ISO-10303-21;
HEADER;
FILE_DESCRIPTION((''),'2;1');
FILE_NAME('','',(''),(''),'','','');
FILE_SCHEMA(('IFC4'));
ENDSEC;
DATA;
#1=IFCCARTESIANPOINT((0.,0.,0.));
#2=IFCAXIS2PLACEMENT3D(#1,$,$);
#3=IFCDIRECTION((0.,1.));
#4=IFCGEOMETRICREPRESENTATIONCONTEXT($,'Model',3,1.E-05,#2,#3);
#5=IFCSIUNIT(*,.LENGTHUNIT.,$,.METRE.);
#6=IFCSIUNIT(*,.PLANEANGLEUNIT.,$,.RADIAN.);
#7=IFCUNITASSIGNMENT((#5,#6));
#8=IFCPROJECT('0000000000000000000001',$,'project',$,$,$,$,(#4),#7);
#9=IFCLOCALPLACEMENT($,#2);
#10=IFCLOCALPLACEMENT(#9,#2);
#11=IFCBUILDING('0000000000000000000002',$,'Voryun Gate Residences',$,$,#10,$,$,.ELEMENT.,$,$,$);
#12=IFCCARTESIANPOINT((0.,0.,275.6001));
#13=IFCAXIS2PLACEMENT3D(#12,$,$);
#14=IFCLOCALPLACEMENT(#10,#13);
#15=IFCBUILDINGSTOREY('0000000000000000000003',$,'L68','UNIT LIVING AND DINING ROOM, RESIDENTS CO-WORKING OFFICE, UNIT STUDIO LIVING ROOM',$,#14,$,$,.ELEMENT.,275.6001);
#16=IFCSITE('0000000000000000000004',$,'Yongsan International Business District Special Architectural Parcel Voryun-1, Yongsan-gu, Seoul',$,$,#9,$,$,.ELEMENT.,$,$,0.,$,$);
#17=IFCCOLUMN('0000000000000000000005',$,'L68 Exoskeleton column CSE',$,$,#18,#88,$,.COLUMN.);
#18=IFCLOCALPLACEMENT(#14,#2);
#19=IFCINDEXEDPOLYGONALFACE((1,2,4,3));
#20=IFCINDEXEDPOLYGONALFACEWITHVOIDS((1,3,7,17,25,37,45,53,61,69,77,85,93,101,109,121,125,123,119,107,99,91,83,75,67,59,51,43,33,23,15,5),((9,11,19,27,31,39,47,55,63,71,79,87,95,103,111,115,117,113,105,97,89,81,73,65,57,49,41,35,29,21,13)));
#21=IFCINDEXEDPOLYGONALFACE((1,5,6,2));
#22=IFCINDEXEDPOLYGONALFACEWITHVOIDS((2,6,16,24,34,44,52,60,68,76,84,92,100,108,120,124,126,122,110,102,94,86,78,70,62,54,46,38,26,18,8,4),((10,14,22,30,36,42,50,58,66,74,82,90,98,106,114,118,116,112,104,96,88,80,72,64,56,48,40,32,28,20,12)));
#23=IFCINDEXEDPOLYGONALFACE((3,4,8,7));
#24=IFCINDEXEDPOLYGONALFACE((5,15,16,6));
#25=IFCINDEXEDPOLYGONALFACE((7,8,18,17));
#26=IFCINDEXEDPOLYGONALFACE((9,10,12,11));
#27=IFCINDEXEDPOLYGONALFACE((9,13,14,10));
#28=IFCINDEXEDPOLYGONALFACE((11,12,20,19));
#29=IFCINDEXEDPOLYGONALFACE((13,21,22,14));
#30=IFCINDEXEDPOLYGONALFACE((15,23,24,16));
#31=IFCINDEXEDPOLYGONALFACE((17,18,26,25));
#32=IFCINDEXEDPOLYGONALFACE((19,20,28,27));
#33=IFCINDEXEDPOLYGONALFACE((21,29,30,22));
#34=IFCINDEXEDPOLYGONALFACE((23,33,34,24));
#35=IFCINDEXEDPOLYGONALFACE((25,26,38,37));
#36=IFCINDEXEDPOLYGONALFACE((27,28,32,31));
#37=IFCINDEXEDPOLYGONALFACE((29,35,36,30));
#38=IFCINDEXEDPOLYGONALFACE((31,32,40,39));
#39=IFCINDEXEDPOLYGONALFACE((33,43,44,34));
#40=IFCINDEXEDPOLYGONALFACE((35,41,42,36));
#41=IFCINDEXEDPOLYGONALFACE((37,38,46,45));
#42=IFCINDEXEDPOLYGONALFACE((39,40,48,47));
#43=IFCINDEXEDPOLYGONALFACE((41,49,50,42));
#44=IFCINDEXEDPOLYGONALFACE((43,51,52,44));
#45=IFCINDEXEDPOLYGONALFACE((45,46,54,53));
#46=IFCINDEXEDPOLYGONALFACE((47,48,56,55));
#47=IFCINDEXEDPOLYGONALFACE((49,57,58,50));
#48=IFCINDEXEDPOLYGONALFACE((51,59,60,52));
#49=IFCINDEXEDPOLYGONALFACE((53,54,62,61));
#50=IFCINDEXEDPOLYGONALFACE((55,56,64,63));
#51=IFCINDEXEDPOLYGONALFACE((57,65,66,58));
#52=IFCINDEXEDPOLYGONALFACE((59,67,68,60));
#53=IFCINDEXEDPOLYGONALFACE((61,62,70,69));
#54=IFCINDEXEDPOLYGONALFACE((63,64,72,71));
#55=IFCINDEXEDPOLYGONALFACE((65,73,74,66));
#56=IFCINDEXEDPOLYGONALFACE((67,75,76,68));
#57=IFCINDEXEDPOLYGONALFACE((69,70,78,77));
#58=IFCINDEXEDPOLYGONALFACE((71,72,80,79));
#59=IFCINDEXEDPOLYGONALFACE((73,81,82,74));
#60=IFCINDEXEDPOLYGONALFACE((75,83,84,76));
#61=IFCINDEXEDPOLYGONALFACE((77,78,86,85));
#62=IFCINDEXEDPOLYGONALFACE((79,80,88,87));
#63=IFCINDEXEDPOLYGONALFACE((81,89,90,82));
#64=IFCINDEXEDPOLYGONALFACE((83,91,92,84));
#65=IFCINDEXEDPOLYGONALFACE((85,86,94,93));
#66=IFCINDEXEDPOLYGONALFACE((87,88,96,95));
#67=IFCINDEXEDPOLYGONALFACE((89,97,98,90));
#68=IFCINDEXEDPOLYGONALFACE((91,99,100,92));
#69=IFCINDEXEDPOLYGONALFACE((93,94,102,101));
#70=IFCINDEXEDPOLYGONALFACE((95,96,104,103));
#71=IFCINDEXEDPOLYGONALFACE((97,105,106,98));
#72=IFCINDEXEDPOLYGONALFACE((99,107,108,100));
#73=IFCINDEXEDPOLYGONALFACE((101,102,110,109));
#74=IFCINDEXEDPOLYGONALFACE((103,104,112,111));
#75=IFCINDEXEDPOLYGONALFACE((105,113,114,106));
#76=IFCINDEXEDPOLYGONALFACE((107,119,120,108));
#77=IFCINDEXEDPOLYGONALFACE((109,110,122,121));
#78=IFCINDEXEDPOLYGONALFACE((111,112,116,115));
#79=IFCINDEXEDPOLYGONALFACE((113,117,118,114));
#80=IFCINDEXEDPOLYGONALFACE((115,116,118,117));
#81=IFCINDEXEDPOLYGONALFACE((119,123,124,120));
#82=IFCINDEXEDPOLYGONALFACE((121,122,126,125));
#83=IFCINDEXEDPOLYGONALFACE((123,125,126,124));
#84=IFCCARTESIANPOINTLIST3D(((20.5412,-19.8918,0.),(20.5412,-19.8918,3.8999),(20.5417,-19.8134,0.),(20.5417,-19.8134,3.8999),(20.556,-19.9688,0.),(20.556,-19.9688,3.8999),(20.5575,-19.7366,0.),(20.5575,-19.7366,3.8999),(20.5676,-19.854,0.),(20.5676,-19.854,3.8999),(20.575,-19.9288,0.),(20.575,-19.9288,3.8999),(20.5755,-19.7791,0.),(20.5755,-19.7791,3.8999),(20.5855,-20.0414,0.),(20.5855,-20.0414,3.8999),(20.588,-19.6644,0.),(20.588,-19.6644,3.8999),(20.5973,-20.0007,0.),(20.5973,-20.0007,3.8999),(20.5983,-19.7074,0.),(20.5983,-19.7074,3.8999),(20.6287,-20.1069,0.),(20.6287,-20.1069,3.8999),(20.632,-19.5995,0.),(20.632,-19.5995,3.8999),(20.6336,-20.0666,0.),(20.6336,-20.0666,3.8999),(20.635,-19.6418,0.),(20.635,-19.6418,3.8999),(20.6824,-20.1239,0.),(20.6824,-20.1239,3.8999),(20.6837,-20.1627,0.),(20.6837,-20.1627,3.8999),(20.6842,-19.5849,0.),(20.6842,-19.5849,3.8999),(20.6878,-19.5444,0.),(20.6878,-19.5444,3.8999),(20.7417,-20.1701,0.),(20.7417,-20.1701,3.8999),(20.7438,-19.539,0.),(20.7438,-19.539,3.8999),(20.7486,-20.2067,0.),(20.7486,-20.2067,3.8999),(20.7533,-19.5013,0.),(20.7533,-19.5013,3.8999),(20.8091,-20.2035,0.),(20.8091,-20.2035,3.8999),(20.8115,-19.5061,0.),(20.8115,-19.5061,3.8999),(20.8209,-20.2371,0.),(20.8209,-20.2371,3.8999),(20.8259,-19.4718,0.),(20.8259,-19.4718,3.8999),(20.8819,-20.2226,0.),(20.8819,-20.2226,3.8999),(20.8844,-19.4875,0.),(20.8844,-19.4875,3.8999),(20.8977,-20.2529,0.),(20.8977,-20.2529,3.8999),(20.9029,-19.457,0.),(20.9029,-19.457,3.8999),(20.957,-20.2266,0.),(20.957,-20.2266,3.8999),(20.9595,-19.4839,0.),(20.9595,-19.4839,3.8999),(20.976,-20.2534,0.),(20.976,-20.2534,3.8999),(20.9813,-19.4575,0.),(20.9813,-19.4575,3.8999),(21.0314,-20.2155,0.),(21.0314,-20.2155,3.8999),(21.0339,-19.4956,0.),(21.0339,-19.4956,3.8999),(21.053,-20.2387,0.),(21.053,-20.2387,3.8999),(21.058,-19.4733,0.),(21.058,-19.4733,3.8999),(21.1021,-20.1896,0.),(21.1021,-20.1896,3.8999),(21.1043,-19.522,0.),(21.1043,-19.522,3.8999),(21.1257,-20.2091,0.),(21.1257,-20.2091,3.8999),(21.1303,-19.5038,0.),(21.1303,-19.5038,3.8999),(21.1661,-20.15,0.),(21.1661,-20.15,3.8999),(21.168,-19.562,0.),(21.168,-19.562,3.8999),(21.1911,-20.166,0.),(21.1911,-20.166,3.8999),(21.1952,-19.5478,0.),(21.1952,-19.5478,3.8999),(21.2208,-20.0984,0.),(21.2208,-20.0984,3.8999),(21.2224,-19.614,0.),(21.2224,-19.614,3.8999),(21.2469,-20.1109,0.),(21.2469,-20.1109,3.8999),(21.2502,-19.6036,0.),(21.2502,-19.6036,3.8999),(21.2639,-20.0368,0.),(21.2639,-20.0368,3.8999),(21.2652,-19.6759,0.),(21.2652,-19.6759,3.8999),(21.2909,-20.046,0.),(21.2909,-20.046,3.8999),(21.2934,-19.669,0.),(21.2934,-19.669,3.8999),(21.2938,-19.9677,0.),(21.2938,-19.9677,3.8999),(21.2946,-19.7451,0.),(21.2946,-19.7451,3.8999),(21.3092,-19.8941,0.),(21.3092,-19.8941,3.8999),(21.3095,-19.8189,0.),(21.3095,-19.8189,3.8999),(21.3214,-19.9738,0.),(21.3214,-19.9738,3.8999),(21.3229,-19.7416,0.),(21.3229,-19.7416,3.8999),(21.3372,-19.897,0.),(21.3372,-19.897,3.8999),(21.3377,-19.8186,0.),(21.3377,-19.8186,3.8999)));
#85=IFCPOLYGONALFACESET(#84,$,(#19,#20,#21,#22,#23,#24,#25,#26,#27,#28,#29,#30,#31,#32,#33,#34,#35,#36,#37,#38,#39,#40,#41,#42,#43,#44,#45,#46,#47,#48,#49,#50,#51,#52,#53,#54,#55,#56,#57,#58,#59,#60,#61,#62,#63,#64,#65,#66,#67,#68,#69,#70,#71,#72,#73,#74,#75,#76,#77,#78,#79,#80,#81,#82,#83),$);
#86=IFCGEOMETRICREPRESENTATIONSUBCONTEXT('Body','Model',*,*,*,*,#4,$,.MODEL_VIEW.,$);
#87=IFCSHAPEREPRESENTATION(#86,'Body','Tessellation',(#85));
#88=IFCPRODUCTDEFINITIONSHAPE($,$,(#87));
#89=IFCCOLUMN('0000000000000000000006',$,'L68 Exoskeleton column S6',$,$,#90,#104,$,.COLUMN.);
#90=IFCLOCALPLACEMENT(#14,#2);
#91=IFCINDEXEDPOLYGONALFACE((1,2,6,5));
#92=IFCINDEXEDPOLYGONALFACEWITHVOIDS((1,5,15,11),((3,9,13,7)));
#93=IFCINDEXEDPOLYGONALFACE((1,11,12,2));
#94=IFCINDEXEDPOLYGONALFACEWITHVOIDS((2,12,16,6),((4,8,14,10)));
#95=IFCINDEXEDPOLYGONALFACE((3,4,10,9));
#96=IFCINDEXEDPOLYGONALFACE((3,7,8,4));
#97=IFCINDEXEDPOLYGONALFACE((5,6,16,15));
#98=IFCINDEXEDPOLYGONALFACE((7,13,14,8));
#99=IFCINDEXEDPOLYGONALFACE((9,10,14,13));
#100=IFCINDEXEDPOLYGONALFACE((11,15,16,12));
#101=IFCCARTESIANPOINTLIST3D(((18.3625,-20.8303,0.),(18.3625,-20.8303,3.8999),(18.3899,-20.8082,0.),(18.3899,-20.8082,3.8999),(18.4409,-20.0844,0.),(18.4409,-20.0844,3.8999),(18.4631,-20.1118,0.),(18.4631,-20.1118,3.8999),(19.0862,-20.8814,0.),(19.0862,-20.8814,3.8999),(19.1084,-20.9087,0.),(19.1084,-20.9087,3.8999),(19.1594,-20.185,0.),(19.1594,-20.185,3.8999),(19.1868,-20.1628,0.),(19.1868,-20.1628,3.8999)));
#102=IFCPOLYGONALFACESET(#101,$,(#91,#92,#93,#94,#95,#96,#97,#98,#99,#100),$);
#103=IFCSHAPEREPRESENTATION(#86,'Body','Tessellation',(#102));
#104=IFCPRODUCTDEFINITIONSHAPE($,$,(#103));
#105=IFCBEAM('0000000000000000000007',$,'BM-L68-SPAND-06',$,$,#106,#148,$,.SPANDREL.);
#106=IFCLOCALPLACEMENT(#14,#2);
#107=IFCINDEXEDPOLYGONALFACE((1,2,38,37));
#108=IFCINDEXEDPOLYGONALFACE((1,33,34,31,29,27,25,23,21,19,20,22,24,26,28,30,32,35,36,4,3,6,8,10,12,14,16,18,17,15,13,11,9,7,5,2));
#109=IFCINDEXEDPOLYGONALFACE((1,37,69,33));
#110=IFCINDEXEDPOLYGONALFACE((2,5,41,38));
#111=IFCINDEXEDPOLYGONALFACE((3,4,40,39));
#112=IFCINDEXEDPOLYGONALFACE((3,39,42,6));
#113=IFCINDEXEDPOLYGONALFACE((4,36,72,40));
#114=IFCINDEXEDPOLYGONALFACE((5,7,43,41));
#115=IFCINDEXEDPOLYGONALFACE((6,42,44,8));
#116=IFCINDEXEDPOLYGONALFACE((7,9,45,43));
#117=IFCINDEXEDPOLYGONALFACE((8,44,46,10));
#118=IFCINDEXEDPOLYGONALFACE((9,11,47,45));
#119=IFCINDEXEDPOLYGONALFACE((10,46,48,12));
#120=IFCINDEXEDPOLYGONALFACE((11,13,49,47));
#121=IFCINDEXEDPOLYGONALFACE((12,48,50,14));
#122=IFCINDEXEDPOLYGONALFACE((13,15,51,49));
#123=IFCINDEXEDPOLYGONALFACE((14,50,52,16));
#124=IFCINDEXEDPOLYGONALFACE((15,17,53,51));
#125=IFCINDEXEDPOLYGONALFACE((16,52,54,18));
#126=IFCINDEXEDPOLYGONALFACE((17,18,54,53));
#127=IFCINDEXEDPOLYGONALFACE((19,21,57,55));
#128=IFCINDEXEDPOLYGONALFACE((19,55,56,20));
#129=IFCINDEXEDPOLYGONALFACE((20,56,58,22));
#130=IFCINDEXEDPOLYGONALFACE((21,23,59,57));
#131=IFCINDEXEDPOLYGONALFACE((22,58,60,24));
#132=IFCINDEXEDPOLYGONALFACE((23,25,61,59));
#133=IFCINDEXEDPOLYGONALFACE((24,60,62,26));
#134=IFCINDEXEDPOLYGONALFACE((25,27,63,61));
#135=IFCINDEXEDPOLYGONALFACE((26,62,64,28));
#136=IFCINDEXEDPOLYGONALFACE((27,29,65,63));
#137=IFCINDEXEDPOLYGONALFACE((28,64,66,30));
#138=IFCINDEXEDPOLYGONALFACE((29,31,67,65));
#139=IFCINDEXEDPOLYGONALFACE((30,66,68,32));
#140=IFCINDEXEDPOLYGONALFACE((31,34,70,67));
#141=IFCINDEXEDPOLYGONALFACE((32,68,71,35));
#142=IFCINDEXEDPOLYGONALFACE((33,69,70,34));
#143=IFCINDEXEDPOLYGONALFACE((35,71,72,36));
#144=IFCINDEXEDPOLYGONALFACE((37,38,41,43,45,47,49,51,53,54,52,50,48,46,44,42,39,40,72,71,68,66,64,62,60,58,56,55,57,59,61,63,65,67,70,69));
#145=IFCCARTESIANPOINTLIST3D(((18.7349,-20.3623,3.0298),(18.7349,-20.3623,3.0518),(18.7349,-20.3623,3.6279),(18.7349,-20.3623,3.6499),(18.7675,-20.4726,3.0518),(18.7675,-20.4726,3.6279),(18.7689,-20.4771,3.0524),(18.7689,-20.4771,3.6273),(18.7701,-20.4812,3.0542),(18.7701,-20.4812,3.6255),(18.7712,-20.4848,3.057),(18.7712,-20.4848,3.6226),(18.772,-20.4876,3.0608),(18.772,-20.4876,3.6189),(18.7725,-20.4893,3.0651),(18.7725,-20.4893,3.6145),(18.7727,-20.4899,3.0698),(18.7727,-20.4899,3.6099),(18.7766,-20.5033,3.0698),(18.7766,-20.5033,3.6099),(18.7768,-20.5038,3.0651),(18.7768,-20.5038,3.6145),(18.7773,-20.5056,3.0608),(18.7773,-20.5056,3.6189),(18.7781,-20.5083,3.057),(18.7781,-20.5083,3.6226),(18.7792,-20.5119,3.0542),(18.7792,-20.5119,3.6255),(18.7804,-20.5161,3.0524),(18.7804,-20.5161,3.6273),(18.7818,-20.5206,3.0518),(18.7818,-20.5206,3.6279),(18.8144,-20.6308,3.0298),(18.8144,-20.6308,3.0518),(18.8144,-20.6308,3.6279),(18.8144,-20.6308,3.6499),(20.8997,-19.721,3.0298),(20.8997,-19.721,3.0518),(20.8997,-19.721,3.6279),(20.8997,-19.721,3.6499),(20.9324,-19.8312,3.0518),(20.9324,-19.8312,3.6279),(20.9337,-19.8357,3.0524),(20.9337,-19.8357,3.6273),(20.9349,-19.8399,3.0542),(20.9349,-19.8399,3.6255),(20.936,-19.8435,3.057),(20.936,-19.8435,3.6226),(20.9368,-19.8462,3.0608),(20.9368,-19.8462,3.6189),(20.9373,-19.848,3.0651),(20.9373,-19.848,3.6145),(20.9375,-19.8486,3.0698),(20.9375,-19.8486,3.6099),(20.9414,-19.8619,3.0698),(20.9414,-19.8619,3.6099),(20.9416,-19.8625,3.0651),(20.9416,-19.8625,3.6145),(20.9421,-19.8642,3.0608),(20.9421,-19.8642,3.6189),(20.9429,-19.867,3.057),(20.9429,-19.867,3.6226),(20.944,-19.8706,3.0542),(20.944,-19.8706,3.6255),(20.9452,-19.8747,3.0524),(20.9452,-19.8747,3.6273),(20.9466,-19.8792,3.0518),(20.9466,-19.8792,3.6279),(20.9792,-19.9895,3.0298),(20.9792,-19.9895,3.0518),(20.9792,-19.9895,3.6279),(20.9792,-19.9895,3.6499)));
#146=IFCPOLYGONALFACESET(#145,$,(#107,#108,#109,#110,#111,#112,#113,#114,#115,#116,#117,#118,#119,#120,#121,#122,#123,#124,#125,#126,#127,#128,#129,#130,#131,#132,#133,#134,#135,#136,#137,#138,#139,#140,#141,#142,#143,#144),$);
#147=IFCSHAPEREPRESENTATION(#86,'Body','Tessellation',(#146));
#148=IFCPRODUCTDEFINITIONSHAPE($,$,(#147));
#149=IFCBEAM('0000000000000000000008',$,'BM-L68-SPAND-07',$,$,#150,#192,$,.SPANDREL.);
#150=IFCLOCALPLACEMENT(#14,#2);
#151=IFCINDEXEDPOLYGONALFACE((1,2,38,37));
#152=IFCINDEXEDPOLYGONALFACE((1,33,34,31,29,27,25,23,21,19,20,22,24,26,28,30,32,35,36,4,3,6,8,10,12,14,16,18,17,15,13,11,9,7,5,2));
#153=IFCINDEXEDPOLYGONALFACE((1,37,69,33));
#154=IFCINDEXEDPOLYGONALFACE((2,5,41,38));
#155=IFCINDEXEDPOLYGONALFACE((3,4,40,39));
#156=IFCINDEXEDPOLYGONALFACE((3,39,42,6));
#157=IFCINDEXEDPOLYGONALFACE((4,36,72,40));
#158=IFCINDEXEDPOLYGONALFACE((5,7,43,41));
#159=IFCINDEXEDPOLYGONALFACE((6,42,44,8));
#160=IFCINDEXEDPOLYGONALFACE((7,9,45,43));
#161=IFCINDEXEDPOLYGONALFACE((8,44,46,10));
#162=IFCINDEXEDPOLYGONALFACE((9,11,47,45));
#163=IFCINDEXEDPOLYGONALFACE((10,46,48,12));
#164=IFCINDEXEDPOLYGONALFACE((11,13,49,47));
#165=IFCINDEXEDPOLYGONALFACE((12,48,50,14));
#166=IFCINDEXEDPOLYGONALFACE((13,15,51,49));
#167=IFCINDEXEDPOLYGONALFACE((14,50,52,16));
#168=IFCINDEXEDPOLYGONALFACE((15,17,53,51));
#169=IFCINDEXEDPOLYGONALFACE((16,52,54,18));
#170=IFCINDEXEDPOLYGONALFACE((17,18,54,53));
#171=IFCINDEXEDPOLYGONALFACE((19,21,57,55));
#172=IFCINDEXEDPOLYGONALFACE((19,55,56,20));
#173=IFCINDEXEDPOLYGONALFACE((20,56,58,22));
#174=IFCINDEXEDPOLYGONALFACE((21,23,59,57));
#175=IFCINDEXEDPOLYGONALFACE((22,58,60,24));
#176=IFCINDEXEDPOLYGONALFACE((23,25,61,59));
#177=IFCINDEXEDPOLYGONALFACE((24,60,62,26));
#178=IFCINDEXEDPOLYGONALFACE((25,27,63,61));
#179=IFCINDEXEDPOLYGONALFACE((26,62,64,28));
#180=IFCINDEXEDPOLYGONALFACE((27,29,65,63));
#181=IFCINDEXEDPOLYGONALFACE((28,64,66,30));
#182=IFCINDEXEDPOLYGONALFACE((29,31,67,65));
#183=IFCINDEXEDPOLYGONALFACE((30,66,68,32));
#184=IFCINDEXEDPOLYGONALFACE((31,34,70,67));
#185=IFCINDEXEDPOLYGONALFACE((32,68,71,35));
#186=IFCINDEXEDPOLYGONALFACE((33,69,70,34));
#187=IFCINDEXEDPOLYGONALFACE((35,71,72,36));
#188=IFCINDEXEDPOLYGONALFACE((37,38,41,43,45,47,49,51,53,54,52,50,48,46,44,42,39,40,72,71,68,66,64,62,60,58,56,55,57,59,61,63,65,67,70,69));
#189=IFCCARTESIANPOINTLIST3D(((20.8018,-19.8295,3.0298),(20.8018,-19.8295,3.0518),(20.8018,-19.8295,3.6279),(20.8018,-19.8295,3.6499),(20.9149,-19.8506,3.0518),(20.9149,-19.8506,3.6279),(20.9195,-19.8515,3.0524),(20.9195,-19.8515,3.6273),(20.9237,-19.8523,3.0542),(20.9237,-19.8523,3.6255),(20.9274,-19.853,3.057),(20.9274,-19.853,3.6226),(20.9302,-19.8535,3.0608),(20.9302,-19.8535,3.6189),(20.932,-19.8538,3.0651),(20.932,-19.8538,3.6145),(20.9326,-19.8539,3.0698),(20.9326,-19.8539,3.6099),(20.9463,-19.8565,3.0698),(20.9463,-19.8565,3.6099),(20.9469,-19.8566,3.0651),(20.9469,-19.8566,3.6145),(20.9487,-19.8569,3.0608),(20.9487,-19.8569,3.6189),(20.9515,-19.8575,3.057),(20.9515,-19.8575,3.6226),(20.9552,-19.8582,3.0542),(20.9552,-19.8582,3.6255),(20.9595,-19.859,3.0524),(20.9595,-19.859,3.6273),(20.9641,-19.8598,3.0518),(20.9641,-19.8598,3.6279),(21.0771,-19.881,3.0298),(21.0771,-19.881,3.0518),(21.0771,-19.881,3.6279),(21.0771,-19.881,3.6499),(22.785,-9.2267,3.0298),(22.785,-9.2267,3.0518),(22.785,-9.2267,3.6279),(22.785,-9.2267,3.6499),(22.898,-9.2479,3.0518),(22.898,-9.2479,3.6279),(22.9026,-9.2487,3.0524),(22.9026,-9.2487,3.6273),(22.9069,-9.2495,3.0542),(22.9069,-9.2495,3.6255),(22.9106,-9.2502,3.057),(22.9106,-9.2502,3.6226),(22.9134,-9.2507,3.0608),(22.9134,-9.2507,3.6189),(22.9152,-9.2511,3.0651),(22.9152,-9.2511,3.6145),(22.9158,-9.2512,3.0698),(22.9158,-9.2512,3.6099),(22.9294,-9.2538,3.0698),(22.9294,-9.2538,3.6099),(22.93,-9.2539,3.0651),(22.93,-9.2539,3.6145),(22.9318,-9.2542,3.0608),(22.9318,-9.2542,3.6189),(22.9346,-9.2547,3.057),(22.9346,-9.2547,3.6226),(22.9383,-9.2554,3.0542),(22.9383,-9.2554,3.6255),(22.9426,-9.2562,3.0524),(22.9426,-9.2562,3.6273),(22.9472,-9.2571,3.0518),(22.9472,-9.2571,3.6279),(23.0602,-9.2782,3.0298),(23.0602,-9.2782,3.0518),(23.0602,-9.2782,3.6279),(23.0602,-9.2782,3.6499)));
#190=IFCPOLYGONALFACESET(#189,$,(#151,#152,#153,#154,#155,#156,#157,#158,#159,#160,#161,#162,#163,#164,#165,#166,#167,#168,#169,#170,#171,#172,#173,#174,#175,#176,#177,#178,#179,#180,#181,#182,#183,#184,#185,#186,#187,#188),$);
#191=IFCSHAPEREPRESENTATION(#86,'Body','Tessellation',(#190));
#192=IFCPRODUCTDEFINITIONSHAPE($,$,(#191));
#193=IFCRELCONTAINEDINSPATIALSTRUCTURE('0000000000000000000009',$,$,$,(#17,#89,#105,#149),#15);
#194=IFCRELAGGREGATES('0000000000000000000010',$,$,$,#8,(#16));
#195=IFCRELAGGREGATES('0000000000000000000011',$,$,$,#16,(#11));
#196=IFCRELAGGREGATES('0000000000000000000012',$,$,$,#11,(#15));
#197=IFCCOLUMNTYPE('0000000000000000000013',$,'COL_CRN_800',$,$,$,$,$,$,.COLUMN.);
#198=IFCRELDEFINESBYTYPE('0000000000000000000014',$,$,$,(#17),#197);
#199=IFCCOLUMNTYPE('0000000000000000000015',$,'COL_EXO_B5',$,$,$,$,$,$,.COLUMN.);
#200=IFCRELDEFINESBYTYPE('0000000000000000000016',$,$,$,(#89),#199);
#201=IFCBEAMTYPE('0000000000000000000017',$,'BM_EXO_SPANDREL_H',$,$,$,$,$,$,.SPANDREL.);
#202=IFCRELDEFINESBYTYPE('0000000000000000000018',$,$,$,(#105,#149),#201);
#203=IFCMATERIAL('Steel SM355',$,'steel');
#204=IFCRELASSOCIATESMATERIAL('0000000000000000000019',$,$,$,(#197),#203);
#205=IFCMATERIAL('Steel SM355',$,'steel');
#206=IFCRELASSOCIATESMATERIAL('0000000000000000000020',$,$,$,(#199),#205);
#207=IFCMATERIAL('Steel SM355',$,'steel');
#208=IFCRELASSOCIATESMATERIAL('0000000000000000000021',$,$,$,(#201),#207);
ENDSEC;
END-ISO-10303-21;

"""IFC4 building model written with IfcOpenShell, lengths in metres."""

from ifc_helpers import new_model, si_unit, direction, frame, origin, origin_2d, place, context, subcontext, project, spatial, hollow_rectangle, hollow_circle, i_section, extrude, material, material_profile, profile_set, type_object, element, save


model = new_model("IFC4")

# Units and contexts
model_context = context("Model", 3, precision=1e-05, world=origin(), true_north=direction((0.0, 1.0)))
body_context = subcontext(model_context, "Body", "Model", "MODEL_VIEW")
ifc_project = project(units=[si_unit("LENGTHUNIT", "METRE"), si_unit("PLANEANGLEUNIT", "RADIAN")], contexts=[model_context])

# Site, building, storey
site_placement = place(None, origin())
site = spatial("IfcSite", under=ifc_project, at=site_placement, Name="Yongsan International Business District Special Architectural Parcel Voryun-1, Yongsan-gu, Seoul", CompositionType="ELEMENT", RefElevation=0.0)
building_placement = place(site_placement, origin())
building = spatial("IfcBuilding", under=site, at=building_placement, Name="Voryun Gate Residences", CompositionType="ELEMENT")
storey_placement = place(building_placement, frame((0.0, 0.0, 275.6001)))
storey = spatial("IfcBuildingStorey", under=building, at=storey_placement, Name="L68", Description="UNIT LIVING AND DINING ROOM, RESIDENTS CO-WORKING OFFICE, UNIT STUDIO LIVING ROOM", CompositionType="ELEMENT", Elevation=275.6001)

# Columns
ifc_material_1 = material(Name="Steel SM355", Category="steel")
ifc_material_profile_1 = material_profile(ifc_material_1, hollow_circle(Radius=0.3999, WallThickness=0.0281, at=origin_2d()), Name="CHS-800x28")
ifc_profile_set_1 = profile_set([ifc_material_profile_1], Name="Steel SM355")
column_type_1 = type_object("IfcColumnType", Name="COL_CRN_800", PredefinedType="COLUMN", material=ifc_profile_set_1)
column_1_placement = place(storey_placement, frame((20.9395, -19.8552, 0.0), z_axis=(0.0, 0.0, 1.0), x_axis=(0.994522, -0.104528, 0.0)))
element("IfcColumn", 1, at=column_1_placement, inside=storey, type_object=column_type_1, Name="L68 Exoskeleton column CSE", PredefinedType="COLUMN", context=body_context, shape_type="SweptSolid", body=[
    extrude(hollow_circle(Radius=0.3999, WallThickness=0.0281, at=origin_2d()), origin(), (0.0, 0.0, 1.0), 3.8999),
])
ifc_material_2 = material(Name="Steel SM355", Category="steel")
ifc_material_profile_2 = material_profile(ifc_material_2, hollow_rectangle(XDim=0.75, YDim=0.75, WallThickness=0.0249, at=origin_2d()), Name="BOX-750x750x25")
ifc_profile_set_2 = profile_set([ifc_material_profile_2], Name="Steel SM355")
column_type_2 = type_object("IfcColumnType", Name="COL_EXO_B5", PredefinedType="COLUMN", material=ifc_profile_set_2)
column_2_placement = place(storey_placement, frame((18.7747, -20.4966, 0.0), z_axis=(0.0, 0.0, 1.0), x_axis=(0.994522, -0.104528, 0.0)))
element("IfcColumn", 2, at=column_2_placement, inside=storey, type_object=column_type_2, Name="L68 Exoskeleton column S6", PredefinedType="COLUMN", context=body_context, shape_type="SweptSolid", body=[
    extrude(hollow_rectangle(XDim=0.75, YDim=0.75, WallThickness=0.0249, at=origin_2d()), origin(), (0.0, 0.0, 1.0), 3.8999),
])

# Beams
ifc_material_3 = material(Name="Steel SM355", Category="steel")
ifc_material_profile_3 = material_profile(ifc_material_3, i_section(OverallWidth=0.28, OverallDepth=0.6201, WebThickness=0.0139, FlangeThickness=0.022, FilletRadius=0.0181, at=origin_2d()), Name="H-620x280x14x22")
ifc_profile_set_3 = profile_set([ifc_material_profile_3], Name="Steel SM355")
beam_type = type_object("IfcBeamType", Name="BM_EXO_SPANDREL_H", PredefinedType="SPANDREL", material=ifc_profile_set_3)
beam_1_placement = place(storey_placement, frame((18.7747, -20.4966, 3.3398), z_axis=(0.958806, 0.284063, 0.0), x_axis=(-0.284063, 0.958806, 0.0)))
element("IfcBeam", 3, at=beam_1_placement, inside=storey, type_object=beam_type, Name="BM-L68-SPAND-06", PredefinedType="SPANDREL", context=body_context, shape_type="SweptSolid", body=[
    extrude(i_section(OverallWidth=0.28, OverallDepth=0.6201, WebThickness=0.0139, FlangeThickness=0.022, FilletRadius=0.0181, at=origin_2d()), origin(), (0.0, 0.0, 1.0), 2.2578),
])
beam_2_placement = place(storey_placement, frame((20.9395, -19.8552, 3.3398), z_axis=(0.183853, 0.982954, 0.0), x_axis=(-0.982954, 0.183853, 0.0)))
element("IfcBeam", 4, at=beam_2_placement, inside=storey, type_object=beam_type, Name="BM-L68-SPAND-07", PredefinedType="SPANDREL", context=body_context, shape_type="SweptSolid", body=[
    extrude(i_section(OverallWidth=0.28, OverallDepth=0.6201, WebThickness=0.0139, FlangeThickness=0.022, FilletRadius=0.0181, at=origin_2d()), origin(), (0.0, 0.0, 1.0), 10.7866),
])

save(model, "model.ifc")
